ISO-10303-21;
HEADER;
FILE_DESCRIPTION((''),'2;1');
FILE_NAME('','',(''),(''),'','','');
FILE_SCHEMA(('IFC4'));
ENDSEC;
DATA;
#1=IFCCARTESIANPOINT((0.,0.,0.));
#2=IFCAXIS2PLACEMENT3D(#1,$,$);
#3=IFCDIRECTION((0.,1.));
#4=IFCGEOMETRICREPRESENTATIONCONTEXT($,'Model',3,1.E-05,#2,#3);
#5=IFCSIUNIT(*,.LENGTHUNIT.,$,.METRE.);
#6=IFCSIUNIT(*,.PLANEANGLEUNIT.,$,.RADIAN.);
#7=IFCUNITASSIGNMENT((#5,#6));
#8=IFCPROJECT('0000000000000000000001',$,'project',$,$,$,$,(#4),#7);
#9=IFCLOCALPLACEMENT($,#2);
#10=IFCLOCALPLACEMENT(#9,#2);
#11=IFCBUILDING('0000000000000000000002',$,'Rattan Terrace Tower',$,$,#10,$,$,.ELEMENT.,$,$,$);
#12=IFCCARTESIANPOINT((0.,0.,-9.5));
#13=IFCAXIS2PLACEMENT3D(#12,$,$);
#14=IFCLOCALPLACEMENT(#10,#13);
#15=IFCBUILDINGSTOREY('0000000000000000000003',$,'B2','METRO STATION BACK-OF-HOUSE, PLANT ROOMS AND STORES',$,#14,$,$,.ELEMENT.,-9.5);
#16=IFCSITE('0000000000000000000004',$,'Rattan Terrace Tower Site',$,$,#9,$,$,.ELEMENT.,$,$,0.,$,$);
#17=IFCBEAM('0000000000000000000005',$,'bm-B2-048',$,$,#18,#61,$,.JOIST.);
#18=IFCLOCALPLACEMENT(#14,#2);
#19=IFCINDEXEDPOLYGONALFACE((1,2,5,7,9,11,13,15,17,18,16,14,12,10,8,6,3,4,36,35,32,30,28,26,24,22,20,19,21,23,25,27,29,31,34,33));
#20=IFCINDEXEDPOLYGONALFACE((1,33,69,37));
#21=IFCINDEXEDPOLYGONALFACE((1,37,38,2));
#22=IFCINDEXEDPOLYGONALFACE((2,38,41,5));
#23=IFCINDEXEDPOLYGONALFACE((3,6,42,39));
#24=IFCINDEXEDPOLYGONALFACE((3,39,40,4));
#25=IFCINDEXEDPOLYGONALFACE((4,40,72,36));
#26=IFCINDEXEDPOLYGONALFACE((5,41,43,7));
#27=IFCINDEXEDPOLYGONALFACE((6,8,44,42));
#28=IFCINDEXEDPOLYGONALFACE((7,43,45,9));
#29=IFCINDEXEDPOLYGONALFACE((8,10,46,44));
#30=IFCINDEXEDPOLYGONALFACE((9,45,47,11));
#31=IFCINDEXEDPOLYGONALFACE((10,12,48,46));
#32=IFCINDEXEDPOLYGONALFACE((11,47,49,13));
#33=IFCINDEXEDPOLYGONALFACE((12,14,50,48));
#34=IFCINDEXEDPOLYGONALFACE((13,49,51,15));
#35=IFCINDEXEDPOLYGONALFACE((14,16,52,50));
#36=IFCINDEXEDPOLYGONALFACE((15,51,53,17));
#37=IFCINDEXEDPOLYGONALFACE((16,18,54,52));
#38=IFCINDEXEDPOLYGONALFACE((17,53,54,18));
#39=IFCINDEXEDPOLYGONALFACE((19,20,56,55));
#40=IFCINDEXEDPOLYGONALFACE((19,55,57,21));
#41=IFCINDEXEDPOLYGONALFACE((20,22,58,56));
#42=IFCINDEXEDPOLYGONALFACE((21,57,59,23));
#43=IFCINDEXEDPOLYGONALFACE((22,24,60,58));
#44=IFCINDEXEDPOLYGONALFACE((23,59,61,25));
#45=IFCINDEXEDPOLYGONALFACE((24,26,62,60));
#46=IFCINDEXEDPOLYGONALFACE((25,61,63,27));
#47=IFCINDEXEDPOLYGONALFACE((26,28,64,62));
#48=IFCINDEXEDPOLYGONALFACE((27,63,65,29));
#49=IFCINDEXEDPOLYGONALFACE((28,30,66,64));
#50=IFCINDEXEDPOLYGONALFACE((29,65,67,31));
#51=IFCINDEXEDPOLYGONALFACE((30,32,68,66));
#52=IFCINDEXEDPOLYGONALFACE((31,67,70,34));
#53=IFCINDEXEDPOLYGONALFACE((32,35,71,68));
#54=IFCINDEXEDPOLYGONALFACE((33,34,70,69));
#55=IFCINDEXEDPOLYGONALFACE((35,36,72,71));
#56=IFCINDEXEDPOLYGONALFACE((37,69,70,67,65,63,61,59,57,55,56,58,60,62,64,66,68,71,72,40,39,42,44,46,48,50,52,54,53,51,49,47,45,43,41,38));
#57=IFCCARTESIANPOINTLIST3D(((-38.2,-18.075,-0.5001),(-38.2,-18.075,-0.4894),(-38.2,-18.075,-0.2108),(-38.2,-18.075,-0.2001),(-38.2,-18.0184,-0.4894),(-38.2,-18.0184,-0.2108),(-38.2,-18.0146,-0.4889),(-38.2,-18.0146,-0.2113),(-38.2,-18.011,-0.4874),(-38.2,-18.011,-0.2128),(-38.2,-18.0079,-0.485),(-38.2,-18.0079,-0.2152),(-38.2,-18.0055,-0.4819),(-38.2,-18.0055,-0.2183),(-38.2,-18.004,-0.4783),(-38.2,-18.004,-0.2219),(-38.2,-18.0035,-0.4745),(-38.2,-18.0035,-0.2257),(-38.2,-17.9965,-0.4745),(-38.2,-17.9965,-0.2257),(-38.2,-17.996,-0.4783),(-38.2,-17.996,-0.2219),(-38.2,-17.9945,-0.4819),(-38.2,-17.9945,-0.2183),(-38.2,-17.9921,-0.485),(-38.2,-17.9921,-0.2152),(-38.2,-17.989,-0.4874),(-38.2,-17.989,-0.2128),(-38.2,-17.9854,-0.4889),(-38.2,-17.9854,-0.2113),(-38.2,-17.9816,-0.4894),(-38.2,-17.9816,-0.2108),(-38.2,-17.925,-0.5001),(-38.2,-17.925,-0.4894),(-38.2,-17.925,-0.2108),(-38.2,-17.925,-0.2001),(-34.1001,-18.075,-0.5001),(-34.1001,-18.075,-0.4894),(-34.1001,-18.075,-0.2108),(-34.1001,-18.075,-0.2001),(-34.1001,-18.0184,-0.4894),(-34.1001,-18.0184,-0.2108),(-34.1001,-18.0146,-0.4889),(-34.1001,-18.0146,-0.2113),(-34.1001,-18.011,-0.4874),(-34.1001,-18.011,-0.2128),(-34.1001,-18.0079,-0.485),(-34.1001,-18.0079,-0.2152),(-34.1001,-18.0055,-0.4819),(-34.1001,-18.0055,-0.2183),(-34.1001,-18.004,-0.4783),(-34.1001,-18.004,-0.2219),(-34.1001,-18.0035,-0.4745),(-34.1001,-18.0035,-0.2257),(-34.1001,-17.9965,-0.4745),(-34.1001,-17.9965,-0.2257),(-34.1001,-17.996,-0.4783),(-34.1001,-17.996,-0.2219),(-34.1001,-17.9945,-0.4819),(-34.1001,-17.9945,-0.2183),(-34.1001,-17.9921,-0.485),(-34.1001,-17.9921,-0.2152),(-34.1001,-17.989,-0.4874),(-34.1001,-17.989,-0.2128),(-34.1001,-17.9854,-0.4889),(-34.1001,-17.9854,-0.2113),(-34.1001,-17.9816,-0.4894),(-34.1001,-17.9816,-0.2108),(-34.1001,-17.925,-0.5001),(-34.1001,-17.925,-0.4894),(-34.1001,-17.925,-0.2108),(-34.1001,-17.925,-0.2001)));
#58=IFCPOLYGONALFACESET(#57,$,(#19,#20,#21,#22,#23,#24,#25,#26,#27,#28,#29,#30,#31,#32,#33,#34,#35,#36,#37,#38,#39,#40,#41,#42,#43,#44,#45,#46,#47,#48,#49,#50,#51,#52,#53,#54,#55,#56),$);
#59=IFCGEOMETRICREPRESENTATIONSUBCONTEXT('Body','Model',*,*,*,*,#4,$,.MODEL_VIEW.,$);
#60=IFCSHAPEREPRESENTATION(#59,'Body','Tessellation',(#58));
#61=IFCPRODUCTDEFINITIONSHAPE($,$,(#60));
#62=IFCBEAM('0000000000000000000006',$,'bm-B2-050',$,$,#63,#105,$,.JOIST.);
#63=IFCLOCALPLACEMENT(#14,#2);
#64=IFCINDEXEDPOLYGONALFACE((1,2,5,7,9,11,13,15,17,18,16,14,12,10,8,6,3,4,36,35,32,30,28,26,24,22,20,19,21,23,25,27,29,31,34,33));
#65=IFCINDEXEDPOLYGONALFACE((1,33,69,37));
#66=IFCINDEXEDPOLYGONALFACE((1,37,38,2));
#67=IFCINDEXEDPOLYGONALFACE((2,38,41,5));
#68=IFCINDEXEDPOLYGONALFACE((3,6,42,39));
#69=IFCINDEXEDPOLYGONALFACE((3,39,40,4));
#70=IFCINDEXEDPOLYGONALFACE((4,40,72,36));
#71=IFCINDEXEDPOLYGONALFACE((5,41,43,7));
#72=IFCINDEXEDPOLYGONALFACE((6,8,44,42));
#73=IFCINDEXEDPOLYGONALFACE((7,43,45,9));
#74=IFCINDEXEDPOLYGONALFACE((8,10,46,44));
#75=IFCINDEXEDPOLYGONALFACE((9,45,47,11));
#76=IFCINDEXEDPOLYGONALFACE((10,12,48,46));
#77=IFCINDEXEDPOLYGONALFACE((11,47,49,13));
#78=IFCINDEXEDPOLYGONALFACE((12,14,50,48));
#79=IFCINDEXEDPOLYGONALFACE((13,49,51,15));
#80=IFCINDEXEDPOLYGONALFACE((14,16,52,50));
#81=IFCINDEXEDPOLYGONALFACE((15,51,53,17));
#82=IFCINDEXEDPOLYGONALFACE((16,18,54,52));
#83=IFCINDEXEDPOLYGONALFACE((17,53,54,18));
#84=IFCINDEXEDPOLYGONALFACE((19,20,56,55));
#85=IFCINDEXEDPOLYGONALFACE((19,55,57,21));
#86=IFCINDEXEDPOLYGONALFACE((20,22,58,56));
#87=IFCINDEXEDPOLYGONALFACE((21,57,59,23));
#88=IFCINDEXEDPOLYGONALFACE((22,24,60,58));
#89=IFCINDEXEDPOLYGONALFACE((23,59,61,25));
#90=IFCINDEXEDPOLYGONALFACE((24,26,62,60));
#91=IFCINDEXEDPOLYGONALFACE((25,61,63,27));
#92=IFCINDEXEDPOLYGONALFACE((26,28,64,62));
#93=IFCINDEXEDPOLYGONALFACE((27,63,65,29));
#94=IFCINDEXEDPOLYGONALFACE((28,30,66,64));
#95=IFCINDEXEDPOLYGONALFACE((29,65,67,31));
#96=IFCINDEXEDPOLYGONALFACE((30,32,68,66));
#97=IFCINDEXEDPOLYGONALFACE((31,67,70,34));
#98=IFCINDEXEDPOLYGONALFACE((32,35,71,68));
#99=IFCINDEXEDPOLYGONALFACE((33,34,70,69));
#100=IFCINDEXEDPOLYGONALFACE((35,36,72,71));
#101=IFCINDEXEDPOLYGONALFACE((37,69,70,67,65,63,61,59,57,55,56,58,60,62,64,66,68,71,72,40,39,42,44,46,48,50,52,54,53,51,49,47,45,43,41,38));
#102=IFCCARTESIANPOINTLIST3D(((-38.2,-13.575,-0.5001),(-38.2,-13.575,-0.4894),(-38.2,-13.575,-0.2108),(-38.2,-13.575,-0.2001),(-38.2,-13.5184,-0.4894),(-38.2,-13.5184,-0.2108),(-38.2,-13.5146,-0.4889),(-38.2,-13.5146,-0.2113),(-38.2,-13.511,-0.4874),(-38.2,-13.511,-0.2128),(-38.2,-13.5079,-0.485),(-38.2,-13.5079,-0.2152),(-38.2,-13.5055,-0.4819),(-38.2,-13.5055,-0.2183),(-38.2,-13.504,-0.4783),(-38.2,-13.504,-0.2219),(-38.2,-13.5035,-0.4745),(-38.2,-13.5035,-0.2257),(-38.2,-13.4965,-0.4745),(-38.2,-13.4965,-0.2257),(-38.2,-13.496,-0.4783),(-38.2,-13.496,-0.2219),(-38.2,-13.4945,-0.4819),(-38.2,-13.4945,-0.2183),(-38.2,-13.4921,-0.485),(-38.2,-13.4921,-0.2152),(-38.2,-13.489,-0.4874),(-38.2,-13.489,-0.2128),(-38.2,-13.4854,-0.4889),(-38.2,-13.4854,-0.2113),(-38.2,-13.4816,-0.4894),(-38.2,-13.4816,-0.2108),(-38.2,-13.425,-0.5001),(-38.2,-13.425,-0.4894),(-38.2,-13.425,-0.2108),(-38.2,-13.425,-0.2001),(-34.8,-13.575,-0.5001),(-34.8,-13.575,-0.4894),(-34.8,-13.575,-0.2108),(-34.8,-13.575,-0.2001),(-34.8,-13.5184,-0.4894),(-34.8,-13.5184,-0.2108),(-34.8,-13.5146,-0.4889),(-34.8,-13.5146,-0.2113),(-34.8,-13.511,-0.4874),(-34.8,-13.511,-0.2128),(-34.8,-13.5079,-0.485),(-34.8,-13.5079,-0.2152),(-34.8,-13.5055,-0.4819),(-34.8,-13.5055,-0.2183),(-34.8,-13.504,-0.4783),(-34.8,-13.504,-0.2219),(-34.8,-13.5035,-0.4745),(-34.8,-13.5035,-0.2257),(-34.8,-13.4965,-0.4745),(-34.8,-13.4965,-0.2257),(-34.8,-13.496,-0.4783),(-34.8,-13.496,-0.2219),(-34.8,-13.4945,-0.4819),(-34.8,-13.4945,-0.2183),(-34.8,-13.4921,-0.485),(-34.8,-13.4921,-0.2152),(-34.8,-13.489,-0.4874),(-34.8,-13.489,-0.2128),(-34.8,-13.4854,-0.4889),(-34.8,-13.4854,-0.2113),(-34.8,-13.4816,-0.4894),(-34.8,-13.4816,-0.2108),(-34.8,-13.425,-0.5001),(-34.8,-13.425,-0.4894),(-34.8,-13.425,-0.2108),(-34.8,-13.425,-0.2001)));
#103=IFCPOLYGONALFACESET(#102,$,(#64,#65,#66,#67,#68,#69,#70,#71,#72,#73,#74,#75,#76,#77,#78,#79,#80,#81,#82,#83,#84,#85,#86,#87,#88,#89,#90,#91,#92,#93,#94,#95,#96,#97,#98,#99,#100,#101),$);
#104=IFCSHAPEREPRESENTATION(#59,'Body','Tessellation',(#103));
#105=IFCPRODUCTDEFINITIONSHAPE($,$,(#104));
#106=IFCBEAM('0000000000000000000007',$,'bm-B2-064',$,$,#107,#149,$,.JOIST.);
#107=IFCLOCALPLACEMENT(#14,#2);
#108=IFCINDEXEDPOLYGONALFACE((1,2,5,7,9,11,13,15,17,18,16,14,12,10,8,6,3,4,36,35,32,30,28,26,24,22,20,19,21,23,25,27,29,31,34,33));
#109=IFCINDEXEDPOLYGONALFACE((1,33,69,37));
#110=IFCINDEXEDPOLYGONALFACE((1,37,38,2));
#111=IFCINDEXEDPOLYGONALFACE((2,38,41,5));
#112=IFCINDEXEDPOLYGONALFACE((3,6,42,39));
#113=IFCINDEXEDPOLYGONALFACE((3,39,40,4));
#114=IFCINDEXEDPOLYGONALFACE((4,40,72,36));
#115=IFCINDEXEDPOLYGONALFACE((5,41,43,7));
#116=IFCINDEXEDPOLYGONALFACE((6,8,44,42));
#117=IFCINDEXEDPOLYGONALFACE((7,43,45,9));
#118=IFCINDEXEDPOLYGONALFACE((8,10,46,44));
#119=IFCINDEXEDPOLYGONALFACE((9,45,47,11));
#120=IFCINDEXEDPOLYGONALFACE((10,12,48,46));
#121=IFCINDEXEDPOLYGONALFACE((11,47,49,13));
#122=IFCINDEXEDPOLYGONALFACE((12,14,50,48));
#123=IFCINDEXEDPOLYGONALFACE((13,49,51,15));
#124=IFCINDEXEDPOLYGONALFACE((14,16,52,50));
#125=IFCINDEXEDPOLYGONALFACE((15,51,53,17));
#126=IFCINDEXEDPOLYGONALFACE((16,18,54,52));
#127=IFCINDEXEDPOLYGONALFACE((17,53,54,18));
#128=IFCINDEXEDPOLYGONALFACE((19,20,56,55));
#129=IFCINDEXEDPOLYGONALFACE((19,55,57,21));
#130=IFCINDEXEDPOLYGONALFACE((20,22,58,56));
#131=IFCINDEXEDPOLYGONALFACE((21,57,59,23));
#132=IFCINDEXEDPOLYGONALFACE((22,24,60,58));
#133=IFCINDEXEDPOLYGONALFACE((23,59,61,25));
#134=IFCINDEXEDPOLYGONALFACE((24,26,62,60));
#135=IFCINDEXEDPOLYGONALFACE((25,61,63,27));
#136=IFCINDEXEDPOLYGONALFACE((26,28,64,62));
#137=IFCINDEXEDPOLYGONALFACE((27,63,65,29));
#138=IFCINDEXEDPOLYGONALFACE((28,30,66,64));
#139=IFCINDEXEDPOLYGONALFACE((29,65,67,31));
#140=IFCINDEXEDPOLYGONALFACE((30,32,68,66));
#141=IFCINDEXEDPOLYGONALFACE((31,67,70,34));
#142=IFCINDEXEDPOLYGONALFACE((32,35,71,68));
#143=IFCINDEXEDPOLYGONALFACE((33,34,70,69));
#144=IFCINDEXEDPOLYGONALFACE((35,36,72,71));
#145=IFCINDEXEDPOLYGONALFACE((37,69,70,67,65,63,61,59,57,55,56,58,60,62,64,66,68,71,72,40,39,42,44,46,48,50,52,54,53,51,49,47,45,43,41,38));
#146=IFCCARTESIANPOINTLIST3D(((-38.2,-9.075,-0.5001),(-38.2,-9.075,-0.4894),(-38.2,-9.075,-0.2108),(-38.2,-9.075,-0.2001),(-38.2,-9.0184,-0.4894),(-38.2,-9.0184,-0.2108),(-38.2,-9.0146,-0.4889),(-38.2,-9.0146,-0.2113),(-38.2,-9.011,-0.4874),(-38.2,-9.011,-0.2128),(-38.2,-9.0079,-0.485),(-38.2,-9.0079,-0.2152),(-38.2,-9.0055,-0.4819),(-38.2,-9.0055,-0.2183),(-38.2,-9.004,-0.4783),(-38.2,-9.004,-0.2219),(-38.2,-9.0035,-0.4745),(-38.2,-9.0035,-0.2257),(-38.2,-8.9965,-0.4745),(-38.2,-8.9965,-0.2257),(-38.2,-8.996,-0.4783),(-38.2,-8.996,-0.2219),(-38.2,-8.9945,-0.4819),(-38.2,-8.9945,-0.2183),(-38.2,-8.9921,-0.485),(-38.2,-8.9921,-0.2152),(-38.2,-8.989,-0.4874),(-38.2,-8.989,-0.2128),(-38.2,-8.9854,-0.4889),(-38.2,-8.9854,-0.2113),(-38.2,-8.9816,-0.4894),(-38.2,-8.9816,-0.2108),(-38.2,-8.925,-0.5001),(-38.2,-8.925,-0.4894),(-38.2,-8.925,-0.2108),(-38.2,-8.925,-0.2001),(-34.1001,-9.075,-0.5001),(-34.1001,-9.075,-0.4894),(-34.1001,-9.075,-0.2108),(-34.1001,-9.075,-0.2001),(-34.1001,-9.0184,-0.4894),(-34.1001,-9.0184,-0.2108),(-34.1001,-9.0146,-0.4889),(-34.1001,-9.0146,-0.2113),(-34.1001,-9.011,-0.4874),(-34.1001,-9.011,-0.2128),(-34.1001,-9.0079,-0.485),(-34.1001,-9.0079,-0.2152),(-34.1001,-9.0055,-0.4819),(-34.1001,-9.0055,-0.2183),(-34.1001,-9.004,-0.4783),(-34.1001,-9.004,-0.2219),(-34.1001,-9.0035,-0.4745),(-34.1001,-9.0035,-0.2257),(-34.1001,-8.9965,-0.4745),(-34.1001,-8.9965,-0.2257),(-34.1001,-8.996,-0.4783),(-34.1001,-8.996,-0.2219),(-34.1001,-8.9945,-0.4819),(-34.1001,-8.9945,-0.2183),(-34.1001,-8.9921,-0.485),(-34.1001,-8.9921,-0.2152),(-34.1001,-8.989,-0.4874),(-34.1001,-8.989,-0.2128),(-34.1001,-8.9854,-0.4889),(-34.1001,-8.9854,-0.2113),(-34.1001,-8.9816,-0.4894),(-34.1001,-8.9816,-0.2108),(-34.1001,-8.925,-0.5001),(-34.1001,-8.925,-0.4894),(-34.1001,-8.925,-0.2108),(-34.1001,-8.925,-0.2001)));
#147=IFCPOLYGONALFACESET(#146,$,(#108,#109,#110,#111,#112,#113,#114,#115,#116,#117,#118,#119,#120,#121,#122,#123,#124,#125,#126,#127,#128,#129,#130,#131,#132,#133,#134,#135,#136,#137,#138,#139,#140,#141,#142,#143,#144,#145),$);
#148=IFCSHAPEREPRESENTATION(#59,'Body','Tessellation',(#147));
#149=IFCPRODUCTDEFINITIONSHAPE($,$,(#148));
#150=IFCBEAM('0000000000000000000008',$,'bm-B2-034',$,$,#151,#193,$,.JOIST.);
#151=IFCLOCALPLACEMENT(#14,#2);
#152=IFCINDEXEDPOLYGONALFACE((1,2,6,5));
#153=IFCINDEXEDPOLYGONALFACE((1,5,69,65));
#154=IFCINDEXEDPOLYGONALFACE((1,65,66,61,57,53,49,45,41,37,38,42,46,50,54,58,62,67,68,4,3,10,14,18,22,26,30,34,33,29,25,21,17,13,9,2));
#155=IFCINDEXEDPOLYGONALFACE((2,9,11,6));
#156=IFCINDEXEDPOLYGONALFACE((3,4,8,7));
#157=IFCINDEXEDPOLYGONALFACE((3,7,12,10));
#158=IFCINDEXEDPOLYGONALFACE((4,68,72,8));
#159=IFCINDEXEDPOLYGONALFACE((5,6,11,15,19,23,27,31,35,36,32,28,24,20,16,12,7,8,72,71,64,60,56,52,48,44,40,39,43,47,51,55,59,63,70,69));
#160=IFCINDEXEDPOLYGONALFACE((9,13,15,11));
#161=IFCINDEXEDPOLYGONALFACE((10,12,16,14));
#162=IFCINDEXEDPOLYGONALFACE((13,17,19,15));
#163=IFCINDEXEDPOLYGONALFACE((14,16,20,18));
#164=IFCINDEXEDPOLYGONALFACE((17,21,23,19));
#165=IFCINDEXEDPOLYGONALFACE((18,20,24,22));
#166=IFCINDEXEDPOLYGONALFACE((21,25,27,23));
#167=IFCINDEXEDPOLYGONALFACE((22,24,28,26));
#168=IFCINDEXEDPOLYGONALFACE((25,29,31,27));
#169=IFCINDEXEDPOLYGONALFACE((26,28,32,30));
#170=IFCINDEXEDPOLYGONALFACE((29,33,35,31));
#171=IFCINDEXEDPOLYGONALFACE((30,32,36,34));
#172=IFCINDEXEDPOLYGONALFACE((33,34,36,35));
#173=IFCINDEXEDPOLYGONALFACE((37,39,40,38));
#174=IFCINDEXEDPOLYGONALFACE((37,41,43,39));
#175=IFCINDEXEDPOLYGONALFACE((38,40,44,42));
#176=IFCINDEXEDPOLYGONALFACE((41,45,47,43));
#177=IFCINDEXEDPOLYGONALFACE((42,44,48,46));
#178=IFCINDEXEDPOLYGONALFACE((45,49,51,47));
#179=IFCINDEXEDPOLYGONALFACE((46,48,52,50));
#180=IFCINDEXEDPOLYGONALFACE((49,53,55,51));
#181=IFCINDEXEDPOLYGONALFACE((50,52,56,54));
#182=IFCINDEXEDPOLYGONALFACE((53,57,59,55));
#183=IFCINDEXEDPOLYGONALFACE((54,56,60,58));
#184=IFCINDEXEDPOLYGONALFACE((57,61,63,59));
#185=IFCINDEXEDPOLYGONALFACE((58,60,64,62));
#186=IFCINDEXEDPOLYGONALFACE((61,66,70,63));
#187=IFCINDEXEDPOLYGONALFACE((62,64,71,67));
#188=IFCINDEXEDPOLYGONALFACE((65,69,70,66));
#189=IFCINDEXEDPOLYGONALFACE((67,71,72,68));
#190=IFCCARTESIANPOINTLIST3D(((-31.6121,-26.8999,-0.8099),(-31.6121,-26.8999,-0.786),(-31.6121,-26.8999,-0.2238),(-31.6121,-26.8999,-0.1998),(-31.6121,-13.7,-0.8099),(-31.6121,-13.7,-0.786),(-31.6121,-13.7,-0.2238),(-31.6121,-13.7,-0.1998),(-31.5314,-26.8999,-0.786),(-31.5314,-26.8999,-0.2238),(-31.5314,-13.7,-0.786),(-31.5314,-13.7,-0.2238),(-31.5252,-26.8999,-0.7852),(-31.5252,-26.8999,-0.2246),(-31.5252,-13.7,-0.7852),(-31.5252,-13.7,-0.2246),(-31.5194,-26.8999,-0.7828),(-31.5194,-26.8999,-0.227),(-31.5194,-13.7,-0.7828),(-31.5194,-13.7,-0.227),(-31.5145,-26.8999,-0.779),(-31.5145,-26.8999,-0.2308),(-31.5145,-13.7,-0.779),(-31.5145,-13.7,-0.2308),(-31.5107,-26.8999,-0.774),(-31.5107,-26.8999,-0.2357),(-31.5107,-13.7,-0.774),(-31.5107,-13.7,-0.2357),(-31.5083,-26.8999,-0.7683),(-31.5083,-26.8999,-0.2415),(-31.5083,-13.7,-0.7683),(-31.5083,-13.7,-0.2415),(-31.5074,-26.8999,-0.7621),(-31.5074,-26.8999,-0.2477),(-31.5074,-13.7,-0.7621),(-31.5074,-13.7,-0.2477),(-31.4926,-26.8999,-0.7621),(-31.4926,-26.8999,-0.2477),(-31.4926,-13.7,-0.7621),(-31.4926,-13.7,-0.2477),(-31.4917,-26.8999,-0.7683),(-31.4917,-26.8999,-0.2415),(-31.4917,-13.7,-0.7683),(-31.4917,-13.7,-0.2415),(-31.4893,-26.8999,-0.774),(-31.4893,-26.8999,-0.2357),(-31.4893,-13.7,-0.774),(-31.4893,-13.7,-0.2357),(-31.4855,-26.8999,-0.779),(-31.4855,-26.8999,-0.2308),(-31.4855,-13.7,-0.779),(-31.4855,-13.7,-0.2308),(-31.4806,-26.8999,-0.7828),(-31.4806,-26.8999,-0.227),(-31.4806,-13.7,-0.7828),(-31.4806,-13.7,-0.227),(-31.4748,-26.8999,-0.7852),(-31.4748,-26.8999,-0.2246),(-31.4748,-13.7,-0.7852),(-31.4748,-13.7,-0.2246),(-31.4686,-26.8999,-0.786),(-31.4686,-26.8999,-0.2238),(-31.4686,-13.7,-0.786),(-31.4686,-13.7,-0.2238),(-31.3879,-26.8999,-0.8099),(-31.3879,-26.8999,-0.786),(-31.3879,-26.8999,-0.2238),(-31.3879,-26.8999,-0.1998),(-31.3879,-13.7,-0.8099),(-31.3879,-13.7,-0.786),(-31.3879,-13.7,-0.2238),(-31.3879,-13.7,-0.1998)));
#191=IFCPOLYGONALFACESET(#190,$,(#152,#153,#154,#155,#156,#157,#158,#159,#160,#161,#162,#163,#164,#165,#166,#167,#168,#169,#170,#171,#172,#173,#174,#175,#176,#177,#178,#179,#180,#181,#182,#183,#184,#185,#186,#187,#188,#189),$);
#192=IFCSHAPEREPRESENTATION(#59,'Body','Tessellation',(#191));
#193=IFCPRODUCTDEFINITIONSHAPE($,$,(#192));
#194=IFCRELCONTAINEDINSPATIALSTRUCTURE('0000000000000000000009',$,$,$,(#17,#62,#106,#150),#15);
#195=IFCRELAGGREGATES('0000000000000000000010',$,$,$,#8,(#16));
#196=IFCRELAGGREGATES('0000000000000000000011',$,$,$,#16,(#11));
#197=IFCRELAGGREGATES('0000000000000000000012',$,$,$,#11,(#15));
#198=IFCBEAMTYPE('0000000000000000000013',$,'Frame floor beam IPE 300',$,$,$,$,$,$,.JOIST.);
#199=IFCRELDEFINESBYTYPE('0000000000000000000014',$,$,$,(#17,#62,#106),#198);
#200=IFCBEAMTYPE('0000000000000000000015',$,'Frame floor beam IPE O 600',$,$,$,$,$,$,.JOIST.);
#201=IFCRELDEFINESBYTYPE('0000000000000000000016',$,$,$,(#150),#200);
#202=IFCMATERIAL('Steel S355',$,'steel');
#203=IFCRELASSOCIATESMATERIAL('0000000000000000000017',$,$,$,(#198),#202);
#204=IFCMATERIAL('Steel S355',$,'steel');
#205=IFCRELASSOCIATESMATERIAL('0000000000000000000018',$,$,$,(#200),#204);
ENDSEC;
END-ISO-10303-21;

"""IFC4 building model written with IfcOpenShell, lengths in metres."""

from ifc_helpers import new_model, si_unit, direction, frame, origin, origin_2d, place, context, subcontext, project, spatial, i_section, extrude, material, material_profile, profile_set, type_object, element, save


model = new_model("IFC4")

# Units and contexts
model_context = context("Model", 3, precision=1e-05, world=origin(), true_north=direction((0.0, 1.0)))
body_context = subcontext(model_context, "Body", "Model", "MODEL_VIEW")
ifc_project = project(units=[si_unit("LENGTHUNIT", "METRE"), si_unit("PLANEANGLEUNIT", "RADIAN")], contexts=[model_context])

# Site, building, storey
site_placement = place(None, origin())
site = spatial("IfcSite", under=ifc_project, at=site_placement, Name="Rattan Terrace Tower Site", CompositionType="ELEMENT", RefElevation=0.0)
building_placement = place(site_placement, origin())
building = spatial("IfcBuilding", under=site, at=building_placement, Name="Rattan Terrace Tower", CompositionType="ELEMENT")
storey_placement = place(building_placement, frame((0.0, 0.0, -9.5)))
storey = spatial("IfcBuildingStorey", under=building, at=storey_placement, Name="B2", Description="METRO STATION BACK-OF-HOUSE, PLANT ROOMS AND STORES", CompositionType="ELEMENT", Elevation=-9.5)

# Beams
ifc_material_1 = material(Name="Steel S355", Category="steel")
ifc_material_profile_1 = material_profile(ifc_material_1, i_section(OverallWidth=0.1499, OverallDepth=0.3, WebThickness=0.0071, FlangeThickness=0.0107, FilletRadius=0.0149, at=origin_2d()), Name="IPE 300")
ifc_profile_set_1 = profile_set([ifc_material_profile_1], Name="Steel S355")
beam_type_1 = type_object("IfcBeamType", Name="Frame floor beam IPE 300", PredefinedType="JOIST", material=ifc_profile_set_1)
for number, where, z_axis, x_axis, name in (
    (1, (-38.2, -18.0, -0.3501), (1.0, 0.0, 0.0), (0.0, 1.0, 0.0), "bm-B2-048"),
):
    element("IfcBeam", number, at=place(storey_placement, frame(where, z_axis=z_axis, x_axis=x_axis)), inside=storey, type_object=beam_type_1, Name=name, PredefinedType="JOIST", context=body_context, shape_type="SweptSolid", body=[
        extrude(i_section(OverallWidth=0.1499, OverallDepth=0.3, WebThickness=0.0071, FlangeThickness=0.0107, FilletRadius=0.0149, at=origin_2d()), origin(), (0.0, 0.0, 1.0), 4.0999),
    ])
beam_1_placement = place(storey_placement, frame((-38.2, -13.5, -0.3501), z_axis=(1.0, 0.0, 0.0), x_axis=(0.0, 1.0, 0.0)))
element("IfcBeam", 2, at=beam_1_placement, inside=storey, type_object=beam_type_1, Name="bm-B2-050", PredefinedType="JOIST", context=body_context, shape_type="SweptSolid", body=[
    extrude(i_section(OverallWidth=0.1499, OverallDepth=0.3, WebThickness=0.0071, FlangeThickness=0.0107, FilletRadius=0.0149, at=origin_2d()), origin(), (0.0, 0.0, 1.0), 3.3999),
])
beam_2_placement = place(storey_placement, frame((-38.2, -9.0, -0.3501), z_axis=(1.0, 0.0, 0.0), x_axis=(0.0, 1.0, 0.0)))
element("IfcBeam", 3, at=beam_2_placement, inside=storey, type_object=beam_type_1, Name="bm-B2-064", PredefinedType="JOIST", context=body_context, shape_type="SweptSolid", body=[
    extrude(i_section(OverallWidth=0.1499, OverallDepth=0.3, WebThickness=0.0071, FlangeThickness=0.0107, FilletRadius=0.0149, at=origin_2d()), origin(), (0.0, 0.0, 1.0), 4.0999),
])
ifc_material_2 = material(Name="Steel S355", Category="steel")
ifc_material_profile_2 = material_profile(ifc_material_2, i_section(OverallWidth=0.2241, OverallDepth=0.6101, WebThickness=0.0149, FlangeThickness=0.0239, FilletRadius=0.0239, at=origin_2d()), Name="IPE O 600")
ifc_profile_set_2 = profile_set([ifc_material_profile_2], Name="Steel S355")
beam_type_2 = type_object("IfcBeamType", Name="Frame floor beam IPE O 600", PredefinedType="JOIST", material=ifc_profile_set_2)
for number, where, z_axis, x_axis, name in (
    (4, (-31.5, -26.8999, -0.5049), (0.0, 1.0, 0.0), (-1.0, 0.0, 0.0), "bm-B2-034"),
):
    element("IfcBeam", number, at=place(storey_placement, frame(where, z_axis=z_axis, x_axis=x_axis)), inside=storey, type_object=beam_type_2, Name=name, PredefinedType="JOIST", context=body_context, shape_type="SweptSolid", body=[
        extrude(i_section(OverallWidth=0.2241, OverallDepth=0.6101, WebThickness=0.0149, FlangeThickness=0.0239, FilletRadius=0.0239, at=origin_2d()), origin(), (0.0, 0.0, 1.0), 13.2),
    ])

save(model, "model.ifc")
